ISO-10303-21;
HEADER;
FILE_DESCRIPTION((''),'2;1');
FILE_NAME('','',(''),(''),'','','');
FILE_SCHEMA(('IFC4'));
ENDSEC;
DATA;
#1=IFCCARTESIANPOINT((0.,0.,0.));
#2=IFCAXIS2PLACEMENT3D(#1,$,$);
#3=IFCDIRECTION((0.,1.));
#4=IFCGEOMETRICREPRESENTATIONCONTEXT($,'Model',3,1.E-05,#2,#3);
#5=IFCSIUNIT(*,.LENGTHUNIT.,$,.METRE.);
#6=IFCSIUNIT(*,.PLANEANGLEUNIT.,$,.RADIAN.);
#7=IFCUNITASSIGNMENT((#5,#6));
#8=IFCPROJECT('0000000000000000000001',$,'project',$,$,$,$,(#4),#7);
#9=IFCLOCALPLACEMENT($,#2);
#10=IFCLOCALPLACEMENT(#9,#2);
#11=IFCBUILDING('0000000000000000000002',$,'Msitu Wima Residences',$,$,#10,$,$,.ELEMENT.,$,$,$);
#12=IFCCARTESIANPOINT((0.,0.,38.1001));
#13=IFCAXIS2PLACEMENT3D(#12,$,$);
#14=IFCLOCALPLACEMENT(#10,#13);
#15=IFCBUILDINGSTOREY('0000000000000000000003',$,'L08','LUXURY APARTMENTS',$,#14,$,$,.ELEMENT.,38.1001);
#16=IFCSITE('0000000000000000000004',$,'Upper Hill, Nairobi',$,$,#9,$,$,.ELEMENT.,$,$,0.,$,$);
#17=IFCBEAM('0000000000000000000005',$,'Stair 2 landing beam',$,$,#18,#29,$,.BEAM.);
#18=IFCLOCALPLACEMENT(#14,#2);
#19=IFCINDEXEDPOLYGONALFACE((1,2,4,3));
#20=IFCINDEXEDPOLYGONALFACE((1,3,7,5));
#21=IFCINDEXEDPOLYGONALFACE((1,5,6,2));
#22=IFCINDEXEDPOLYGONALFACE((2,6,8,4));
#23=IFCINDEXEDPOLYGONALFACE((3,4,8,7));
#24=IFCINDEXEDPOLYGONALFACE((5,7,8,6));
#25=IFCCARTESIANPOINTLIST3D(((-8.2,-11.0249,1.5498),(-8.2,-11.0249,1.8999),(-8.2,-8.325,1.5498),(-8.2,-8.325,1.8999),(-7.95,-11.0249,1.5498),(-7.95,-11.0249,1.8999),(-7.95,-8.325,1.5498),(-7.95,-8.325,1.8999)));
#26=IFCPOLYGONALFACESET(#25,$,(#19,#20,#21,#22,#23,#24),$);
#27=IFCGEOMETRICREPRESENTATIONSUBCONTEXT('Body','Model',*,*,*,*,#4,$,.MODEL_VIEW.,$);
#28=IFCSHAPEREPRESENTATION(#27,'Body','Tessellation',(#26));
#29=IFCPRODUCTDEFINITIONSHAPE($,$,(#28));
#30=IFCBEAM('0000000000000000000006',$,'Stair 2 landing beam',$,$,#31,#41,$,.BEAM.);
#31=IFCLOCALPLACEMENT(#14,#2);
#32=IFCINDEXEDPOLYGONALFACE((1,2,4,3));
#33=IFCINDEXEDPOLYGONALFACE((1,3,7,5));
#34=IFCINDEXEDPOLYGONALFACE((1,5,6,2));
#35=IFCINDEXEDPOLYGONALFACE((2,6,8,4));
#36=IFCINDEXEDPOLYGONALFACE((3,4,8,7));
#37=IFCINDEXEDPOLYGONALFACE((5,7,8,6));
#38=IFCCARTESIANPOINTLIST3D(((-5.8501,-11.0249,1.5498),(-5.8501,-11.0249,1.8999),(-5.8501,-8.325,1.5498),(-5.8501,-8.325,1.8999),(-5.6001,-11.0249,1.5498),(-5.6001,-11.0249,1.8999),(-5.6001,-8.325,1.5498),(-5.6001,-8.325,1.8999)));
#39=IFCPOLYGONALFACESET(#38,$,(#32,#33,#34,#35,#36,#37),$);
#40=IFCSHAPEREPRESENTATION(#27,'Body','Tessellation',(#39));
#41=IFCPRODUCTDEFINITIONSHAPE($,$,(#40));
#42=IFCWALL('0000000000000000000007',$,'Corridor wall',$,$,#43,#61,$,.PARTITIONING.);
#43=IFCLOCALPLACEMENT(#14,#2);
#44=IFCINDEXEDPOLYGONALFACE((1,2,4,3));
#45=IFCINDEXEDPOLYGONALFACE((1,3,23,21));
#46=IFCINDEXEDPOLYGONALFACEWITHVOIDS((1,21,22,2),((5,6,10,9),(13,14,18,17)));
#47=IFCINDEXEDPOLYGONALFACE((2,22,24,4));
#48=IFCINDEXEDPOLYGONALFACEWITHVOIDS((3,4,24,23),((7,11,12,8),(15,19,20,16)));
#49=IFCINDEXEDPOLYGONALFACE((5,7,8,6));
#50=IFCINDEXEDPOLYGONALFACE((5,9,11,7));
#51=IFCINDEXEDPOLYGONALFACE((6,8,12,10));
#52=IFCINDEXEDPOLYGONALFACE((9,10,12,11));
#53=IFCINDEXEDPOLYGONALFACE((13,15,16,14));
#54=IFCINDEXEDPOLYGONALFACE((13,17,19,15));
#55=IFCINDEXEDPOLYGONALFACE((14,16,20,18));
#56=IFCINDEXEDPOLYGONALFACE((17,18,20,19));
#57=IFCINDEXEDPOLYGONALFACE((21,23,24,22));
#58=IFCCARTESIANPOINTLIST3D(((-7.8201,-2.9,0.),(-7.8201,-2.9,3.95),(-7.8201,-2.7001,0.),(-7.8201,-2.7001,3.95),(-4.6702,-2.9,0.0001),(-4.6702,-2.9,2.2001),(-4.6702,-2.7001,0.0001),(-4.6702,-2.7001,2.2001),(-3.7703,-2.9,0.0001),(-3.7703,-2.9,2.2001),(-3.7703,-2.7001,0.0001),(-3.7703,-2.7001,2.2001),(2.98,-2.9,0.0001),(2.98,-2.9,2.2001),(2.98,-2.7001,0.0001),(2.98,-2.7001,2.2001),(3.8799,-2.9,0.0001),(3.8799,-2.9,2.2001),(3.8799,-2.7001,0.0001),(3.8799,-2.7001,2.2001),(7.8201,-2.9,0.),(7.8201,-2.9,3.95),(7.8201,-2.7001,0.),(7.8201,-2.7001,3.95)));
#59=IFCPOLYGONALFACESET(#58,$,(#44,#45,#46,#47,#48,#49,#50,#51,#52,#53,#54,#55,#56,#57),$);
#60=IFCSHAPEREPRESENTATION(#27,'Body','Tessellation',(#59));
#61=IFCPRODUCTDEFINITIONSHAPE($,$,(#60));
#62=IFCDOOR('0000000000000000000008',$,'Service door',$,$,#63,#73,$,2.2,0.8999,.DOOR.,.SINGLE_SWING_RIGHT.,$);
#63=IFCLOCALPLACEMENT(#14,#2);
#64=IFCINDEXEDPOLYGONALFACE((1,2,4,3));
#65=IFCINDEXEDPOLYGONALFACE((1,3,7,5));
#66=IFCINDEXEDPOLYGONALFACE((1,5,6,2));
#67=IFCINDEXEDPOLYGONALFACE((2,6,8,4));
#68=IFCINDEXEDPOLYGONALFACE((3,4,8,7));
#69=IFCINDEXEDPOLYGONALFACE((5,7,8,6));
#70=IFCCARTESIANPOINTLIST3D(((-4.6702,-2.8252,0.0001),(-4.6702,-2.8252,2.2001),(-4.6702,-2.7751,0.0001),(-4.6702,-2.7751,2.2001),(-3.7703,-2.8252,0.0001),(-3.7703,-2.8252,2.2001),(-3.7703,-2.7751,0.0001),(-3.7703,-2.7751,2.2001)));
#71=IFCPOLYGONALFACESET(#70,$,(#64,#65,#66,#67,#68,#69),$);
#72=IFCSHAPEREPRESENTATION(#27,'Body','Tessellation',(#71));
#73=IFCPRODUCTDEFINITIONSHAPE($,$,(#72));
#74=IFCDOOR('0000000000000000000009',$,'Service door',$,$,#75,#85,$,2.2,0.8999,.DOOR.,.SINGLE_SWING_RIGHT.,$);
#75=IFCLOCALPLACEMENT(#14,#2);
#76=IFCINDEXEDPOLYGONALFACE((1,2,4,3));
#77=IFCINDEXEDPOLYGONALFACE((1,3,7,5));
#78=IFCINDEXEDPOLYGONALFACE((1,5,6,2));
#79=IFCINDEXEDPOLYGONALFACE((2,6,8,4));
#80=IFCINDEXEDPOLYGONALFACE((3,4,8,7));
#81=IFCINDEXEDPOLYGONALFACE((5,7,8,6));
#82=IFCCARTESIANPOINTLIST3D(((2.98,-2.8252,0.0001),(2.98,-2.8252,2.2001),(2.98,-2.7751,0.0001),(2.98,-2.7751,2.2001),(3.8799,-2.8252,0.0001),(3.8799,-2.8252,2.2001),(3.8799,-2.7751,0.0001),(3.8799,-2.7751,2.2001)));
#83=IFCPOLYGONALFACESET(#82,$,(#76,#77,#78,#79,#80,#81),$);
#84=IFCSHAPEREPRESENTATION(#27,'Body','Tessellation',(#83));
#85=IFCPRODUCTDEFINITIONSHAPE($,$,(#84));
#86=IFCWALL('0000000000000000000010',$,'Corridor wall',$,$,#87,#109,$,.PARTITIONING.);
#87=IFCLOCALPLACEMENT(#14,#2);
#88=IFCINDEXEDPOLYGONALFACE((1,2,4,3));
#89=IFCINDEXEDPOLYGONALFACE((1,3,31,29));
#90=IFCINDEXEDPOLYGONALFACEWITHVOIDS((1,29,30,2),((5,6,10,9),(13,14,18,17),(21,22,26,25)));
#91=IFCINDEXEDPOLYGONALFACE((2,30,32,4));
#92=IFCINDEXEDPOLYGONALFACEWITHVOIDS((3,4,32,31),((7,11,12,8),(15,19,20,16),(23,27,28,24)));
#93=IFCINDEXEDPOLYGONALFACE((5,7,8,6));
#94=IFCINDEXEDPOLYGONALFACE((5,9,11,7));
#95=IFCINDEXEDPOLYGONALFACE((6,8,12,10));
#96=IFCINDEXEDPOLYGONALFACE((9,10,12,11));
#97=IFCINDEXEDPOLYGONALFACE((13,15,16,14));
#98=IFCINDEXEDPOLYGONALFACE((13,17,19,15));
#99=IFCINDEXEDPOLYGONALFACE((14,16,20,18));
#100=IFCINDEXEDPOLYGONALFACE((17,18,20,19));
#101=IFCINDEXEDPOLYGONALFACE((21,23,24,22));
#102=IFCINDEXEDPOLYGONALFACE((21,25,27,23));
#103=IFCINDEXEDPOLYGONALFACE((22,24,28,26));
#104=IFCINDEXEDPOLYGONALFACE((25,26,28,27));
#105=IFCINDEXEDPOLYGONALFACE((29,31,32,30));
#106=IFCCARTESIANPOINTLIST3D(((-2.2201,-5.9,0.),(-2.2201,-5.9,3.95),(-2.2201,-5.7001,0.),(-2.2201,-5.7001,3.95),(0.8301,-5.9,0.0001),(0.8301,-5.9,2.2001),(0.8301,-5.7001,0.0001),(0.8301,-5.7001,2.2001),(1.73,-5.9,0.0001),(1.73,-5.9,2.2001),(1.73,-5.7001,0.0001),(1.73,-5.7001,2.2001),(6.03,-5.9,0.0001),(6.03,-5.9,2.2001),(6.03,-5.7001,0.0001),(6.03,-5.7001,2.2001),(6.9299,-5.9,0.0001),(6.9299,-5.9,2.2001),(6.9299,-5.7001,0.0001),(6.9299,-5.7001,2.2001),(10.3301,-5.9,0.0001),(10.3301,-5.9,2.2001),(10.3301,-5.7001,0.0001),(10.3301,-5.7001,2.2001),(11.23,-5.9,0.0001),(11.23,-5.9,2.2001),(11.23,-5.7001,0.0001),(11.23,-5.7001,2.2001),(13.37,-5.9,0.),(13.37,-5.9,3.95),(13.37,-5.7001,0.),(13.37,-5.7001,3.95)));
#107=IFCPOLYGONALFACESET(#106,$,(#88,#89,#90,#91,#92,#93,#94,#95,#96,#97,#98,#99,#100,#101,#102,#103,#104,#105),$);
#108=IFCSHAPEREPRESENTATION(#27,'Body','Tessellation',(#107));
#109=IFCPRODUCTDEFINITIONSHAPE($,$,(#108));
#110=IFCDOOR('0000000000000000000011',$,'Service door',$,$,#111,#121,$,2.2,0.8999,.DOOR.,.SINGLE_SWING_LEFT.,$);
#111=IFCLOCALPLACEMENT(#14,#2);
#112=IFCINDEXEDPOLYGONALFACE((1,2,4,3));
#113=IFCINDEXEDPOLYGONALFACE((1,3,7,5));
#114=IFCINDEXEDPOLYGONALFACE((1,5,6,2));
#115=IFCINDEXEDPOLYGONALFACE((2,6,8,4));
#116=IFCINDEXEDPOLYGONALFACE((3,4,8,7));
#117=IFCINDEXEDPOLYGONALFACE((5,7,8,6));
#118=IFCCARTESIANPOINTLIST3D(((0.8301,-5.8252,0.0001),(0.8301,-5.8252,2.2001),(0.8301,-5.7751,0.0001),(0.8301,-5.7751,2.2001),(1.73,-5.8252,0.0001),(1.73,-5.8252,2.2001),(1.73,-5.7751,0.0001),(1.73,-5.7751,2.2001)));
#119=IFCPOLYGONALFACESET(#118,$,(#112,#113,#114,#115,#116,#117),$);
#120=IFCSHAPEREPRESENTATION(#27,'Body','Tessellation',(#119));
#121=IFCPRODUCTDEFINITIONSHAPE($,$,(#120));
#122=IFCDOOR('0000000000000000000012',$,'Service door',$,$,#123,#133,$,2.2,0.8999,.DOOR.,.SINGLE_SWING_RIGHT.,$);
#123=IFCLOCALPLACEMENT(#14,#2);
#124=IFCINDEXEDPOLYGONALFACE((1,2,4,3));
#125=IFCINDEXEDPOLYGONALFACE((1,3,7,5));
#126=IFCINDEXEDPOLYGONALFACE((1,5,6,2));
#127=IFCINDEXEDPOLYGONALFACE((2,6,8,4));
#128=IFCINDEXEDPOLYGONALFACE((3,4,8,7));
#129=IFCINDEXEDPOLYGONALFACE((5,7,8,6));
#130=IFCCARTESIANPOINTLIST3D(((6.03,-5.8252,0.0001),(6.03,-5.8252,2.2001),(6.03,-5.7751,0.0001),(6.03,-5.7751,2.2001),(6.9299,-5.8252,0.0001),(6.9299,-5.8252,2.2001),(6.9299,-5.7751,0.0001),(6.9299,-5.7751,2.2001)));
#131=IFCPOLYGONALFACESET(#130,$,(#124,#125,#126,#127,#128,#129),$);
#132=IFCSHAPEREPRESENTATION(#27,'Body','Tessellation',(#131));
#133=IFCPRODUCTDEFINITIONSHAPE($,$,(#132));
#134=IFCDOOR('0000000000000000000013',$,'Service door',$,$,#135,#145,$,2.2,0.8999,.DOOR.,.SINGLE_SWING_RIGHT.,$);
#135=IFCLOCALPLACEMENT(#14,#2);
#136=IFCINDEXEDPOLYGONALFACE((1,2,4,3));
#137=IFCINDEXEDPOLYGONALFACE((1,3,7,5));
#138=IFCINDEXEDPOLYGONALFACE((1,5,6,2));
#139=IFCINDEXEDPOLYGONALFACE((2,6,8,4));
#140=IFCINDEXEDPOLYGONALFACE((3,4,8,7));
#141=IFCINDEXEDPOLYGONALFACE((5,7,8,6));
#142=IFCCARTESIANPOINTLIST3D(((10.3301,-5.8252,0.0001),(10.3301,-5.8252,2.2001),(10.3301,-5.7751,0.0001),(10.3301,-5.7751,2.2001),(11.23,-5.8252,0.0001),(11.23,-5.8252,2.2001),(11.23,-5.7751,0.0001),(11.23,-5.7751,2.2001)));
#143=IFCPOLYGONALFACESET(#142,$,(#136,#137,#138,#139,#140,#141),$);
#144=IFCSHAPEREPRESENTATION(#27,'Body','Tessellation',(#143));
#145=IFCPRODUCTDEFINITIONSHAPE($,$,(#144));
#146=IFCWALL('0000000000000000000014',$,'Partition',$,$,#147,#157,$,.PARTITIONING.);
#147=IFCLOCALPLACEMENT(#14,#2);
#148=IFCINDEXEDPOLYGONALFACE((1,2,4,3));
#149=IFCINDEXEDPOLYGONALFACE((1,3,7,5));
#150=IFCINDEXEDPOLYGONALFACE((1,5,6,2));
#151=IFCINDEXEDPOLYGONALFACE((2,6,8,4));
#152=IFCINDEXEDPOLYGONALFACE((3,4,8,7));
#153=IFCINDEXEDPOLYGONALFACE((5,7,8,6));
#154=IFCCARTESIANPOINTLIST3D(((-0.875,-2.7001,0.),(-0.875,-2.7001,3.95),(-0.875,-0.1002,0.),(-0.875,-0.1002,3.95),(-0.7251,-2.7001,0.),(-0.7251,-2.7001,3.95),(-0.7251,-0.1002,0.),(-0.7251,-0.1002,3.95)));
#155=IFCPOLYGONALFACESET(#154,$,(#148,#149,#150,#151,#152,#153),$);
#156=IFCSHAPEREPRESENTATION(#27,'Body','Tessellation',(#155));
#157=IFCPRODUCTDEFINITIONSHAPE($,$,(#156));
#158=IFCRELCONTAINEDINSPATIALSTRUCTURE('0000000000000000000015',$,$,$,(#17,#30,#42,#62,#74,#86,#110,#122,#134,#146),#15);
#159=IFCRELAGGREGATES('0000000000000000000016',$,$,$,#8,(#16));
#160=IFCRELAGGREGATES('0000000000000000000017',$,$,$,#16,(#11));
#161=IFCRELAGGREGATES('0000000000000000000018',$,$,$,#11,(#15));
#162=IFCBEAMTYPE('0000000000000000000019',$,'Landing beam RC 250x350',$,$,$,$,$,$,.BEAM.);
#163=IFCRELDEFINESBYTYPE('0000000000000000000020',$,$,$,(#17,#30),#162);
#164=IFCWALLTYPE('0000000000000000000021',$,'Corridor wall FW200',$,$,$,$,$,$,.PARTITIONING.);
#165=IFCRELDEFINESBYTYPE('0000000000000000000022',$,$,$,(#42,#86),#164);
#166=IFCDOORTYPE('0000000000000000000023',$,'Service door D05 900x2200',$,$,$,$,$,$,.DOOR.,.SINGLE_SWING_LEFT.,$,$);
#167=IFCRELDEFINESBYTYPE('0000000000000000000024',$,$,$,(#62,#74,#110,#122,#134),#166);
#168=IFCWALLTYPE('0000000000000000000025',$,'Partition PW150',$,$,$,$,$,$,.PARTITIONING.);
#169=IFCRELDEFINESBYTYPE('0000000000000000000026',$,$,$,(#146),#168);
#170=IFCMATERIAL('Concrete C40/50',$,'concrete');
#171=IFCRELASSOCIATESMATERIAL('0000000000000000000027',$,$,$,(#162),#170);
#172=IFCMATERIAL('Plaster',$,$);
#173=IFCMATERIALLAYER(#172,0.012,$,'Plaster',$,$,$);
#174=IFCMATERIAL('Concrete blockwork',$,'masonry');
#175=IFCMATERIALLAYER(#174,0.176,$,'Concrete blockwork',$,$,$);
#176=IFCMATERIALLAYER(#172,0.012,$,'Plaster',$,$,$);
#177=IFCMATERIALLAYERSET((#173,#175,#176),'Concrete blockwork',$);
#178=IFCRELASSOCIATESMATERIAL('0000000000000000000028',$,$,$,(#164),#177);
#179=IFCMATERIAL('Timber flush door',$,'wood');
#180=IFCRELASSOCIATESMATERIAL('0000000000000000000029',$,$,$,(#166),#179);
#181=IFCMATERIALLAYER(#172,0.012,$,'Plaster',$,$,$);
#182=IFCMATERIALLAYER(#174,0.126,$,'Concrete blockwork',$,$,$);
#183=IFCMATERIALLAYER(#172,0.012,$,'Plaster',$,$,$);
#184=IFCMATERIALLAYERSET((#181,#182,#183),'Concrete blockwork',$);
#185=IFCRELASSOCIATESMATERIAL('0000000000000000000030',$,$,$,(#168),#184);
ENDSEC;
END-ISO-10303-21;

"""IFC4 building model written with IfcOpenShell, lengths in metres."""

from ifc_helpers import new_model, si_unit, direction, frame, frame_2d, origin, origin_2d, place, context, subcontext, project, spatial, rectangle, extrude, material, layer, layer_set, material_profile, profile_set, type_object, element, fill, save


model = new_model("IFC4")

# Units and contexts
model_context = context("Model", 3, precision=1e-05, world=origin(), true_north=direction((0.0, 1.0)))
body_context = subcontext(model_context, "Body", "Model", "MODEL_VIEW")
ifc_project = project(units=[si_unit("LENGTHUNIT", "METRE"), si_unit("PLANEANGLEUNIT", "RADIAN")], contexts=[model_context])

# Site, building, storey
site_placement = place(None, origin())
site = spatial("IfcSite", under=ifc_project, at=site_placement, Name="Upper Hill, Nairobi", CompositionType="ELEMENT", RefElevation=0.0)
building_placement = place(site_placement, origin())
building = spatial("IfcBuilding", under=site, at=building_placement, Name="Msitu Wima Residences", CompositionType="ELEMENT")
storey_placement = place(building_placement, frame((0.0, 0.0, 38.1001)))
storey = spatial("IfcBuildingStorey", under=building, at=storey_placement, Name="L08", Description="LUXURY APARTMENTS", CompositionType="ELEMENT", Elevation=38.1001)

# Beams
ifc_material_1 = material(Name="Concrete C40/50", Category="concrete")
ifc_material_profile = material_profile(ifc_material_1, rectangle(XDim=0.25, YDim=0.3501, at=origin_2d()), Name="RC 250x350")
ifc_profile_set = profile_set([ifc_material_profile], Name="Concrete C40/50")
beam_type = type_object("IfcBeamType", Name="Landing beam RC 250x350", PredefinedType="BEAM", material=ifc_profile_set)
for number, where, z_axis, x_axis, name in (
    (1, (-8.075, -11.0249, 1.7249), (0.0, 1.0, 0.0), (-1.0, 0.0, 0.0), "Stair 2 landing beam"),
    (2, (-5.7251, -11.0249, 1.7249), (0.0, 1.0, 0.0), (-1.0, 0.0, 0.0), "Stair 2 landing beam"),
):
    element("IfcBeam", number, at=place(storey_placement, frame(where, z_axis=z_axis, x_axis=x_axis)), inside=storey, type_object=beam_type, Name=name, PredefinedType="BEAM", context=body_context, shape_type="SweptSolid", body=[
        extrude(rectangle(XDim=0.25, YDim=0.3501, at=origin_2d()), origin(), (0.0, 0.0, 1.0), 2.7),
    ])

# Wall, openings, doors
ifc_material_2 = material(Name="Plaster")
ifc_layer_1 = layer(ifc_material_2, 0.012, Name="Plaster")
ifc_material_3 = material(Name="Concrete blockwork", Category="masonry")
ifc_layer_2 = layer(ifc_material_3, 0.176, Name="Concrete blockwork")
ifc_layer_3 = layer(ifc_material_2, 0.012, Name="Plaster")
ifc_layer_set_1 = layer_set([ifc_layer_1, ifc_layer_2, ifc_layer_3], Name="Concrete blockwork")
wall_type_1 = type_object("IfcWallType", Name="Corridor wall FW200", PredefinedType="PARTITIONING", material=ifc_layer_set_1)
wall_1_placement = place(storey_placement, frame((-7.8201, -2.8, 0.0), z_axis=(0.0, 0.0, 1.0), x_axis=(1.0, 0.0, 0.0)))
wall_1 = element("IfcWall", 3, at=wall_1_placement, inside=storey, type_object=wall_type_1, Name="Corridor wall", PredefinedType="PARTITIONING", context=body_context, shape_type="SweptSolid", body=[
    extrude(rectangle(XDim=15.6401, YDim=0.2, at=frame_2d((7.8201, 0.0))), origin(), (0.0, 0.0, 1.0), 3.95),
])
opening_1_placement = place(wall_1_placement, frame((3.1499, 0.0, 0.0)))
opening_1 = element("IfcOpeningElement", 4, at=opening_1_placement, cuts=wall_1, PredefinedType="OPENING", context=body_context, shape_type="SweptSolid", body=[
    extrude(rectangle(XDim=0.8999, YDim=2.2, at=frame_2d((0.45, 1.1001))), frame((0.0, 0.1099, 0.0), z_axis=(0.0, -1.0, 0.0), x_axis=(1.0, 0.0, 0.0)), (0.0, 0.0, 1.0), 0.22),
])
opening_2_placement = place(wall_1_placement, frame((10.8, 0.0, 0.0)))
opening_2 = element("IfcOpeningElement", 5, at=opening_2_placement, cuts=wall_1, PredefinedType="OPENING", context=body_context, shape_type="SweptSolid", body=[
    extrude(rectangle(XDim=0.8999, YDim=2.2, at=frame_2d((0.45, 1.1001))), frame((0.0, 0.1099, 0.0), z_axis=(0.0, -1.0, 0.0), x_axis=(1.0, 0.0, 0.0)), (0.0, 0.0, 1.0), 0.22),
])
ifc_material_4 = material(Name="Timber flush door", Category="wood")
door_type_1 = type_object("IfcDoorType", Name="Service door D05 900x2200", OperationType="SINGLE_SWING_LEFT", PredefinedType="DOOR", material=ifc_material_4)
door_1_placement = place(opening_1_placement, origin())
door_1 = element("IfcDoor", 6, at=door_1_placement, inside=storey, type_object=door_type_1, Name="Service door", OperationType="SINGLE_SWING_RIGHT", OverallHeight=2.2, OverallWidth=0.8999, PredefinedType="DOOR", context=body_context, shape_type="SweptSolid", body=[
    extrude(rectangle(XDim=0.8999, YDim=2.2, at=frame_2d((0.45, 1.1001))), frame((0.0, 0.0249, 0.0), z_axis=(0.0, -1.0, 0.0), x_axis=(1.0, 0.0, 0.0)), (0.0, 0.0, 1.0), 0.05),
])
fill(opening_1, door_1)
door_2_placement = place(opening_2_placement, origin())
door_2 = element("IfcDoor", 7, at=door_2_placement, inside=storey, type_object=door_type_1, Name="Service door", OperationType="SINGLE_SWING_RIGHT", OverallHeight=2.2, OverallWidth=0.8999, PredefinedType="DOOR", context=body_context, shape_type="SweptSolid", body=[
    extrude(rectangle(XDim=0.8999, YDim=2.2, at=frame_2d((0.45, 1.1001))), frame((0.0, 0.0249, 0.0), z_axis=(0.0, -1.0, 0.0), x_axis=(1.0, 0.0, 0.0)), (0.0, 0.0, 1.0), 0.05),
])
fill(opening_2, door_2)

# Wall, openings, doors
wall_2_placement = place(storey_placement, frame((-2.22, -5.8, 0.0), z_axis=(0.0, 0.0, 1.0), x_axis=(1.0, 0.0, 0.0)))
wall_2 = element("IfcWall", 8, at=wall_2_placement, inside=storey, type_object=wall_type_1, Name="Corridor wall", PredefinedType="PARTITIONING", context=body_context, shape_type="SweptSolid", body=[
    extrude(rectangle(XDim=15.5901, YDim=0.2, at=frame_2d((7.7949, 0.0))), origin(), (0.0, 0.0, 1.0), 3.95),
])
opening_3_placement = place(wall_2_placement, frame((3.05, 0.0, 0.0)))
opening_3 = element("IfcOpeningElement", 9, at=opening_3_placement, cuts=wall_2, PredefinedType="OPENING", context=body_context, shape_type="SweptSolid", body=[
    extrude(rectangle(XDim=0.8999, YDim=2.2, at=frame_2d((0.45, 1.1001))), frame((0.0, 0.1099, 0.0), z_axis=(0.0, -1.0, 0.0), x_axis=(1.0, 0.0, 0.0)), (0.0, 0.0, 1.0), 0.22),
])
opening_4_placement = place(wall_2_placement, frame((8.25, 0.0, 0.0)))
opening_4 = element("IfcOpeningElement", 10, at=opening_4_placement, cuts=wall_2, PredefinedType="OPENING", context=body_context, shape_type="SweptSolid", body=[
    extrude(rectangle(XDim=0.8999, YDim=2.2, at=frame_2d((0.45, 1.1001))), frame((0.0, 0.1099, 0.0), z_axis=(0.0, -1.0, 0.0), x_axis=(1.0, 0.0, 0.0)), (0.0, 0.0, 1.0), 0.22),
])
opening_5_placement = place(wall_2_placement, frame((12.55, 0.0, 0.0)))
opening_5 = element("IfcOpeningElement", 11, at=opening_5_placement, cuts=wall_2, PredefinedType="OPENING", context=body_context, shape_type="SweptSolid", body=[
    extrude(rectangle(XDim=0.8999, YDim=2.2, at=frame_2d((0.45, 1.1001))), frame((0.0, 0.1099, 0.0), z_axis=(0.0, -1.0, 0.0), x_axis=(1.0, 0.0, 0.0)), (0.0, 0.0, 1.0), 0.22),
])
door_3_placement = place(opening_3_placement, origin())
door_3 = element("IfcDoor", 12, at=door_3_placement, inside=storey, type_object=door_type_1, Name="Service door", OperationType="SINGLE_SWING_LEFT", OverallHeight=2.2, OverallWidth=0.8999, PredefinedType="DOOR", context=body_context, shape_type="SweptSolid", body=[
    extrude(rectangle(XDim=0.8999, YDim=2.2, at=frame_2d((0.45, 1.1001))), frame((0.0, 0.0249, 0.0), z_axis=(0.0, -1.0, 0.0), x_axis=(1.0, 0.0, 0.0)), (0.0, 0.0, 1.0), 0.05),
])
fill(opening_3, door_3)
door_4_placement = place(opening_4_placement, origin())
door_4 = element("IfcDoor", 13, at=door_4_placement, inside=storey, type_object=door_type_1, Name="Service door", OperationType="SINGLE_SWING_RIGHT", OverallHeight=2.2, OverallWidth=0.8999, PredefinedType="DOOR", context=body_context, shape_type="SweptSolid", body=[
    extrude(rectangle(XDim=0.8999, YDim=2.2, at=frame_2d((0.45, 1.1001))), frame((0.0, 0.0249, 0.0), z_axis=(0.0, -1.0, 0.0), x_axis=(1.0, 0.0, 0.0)), (0.0, 0.0, 1.0), 0.05),
])
fill(opening_4, door_4)
door_5_placement = place(opening_5_placement, origin())
door_5 = element("IfcDoor", 14, at=door_5_placement, inside=storey, type_object=door_type_1, Name="Service door", OperationType="SINGLE_SWING_RIGHT", OverallHeight=2.2, OverallWidth=0.8999, PredefinedType="DOOR", context=body_context, shape_type="SweptSolid", body=[
    extrude(rectangle(XDim=0.8999, YDim=2.2, at=frame_2d((0.45, 1.1001))), frame((0.0, 0.0249, 0.0), z_axis=(0.0, -1.0, 0.0), x_axis=(1.0, 0.0, 0.0)), (0.0, 0.0, 1.0), 0.05),
])
fill(opening_5, door_5)

# Wall
ifc_layer_4 = layer(ifc_material_2, 0.012, Name="Plaster")
ifc_layer_5 = layer(ifc_material_3, 0.126, Name="Concrete blockwork")
ifc_layer_6 = layer(ifc_material_2, 0.012, Name="Plaster")
ifc_layer_set_2 = layer_set([ifc_layer_4, ifc_layer_5, ifc_layer_6], Name="Concrete blockwork")
wall_type_2 = type_object("IfcWallType", Name="Partition PW150", PredefinedType="PARTITIONING", material=ifc_layer_set_2)
wall_3_placement = place(storey_placement, frame((-0.8, -2.7, 0.0), z_axis=(0.0, 0.0, 1.0), x_axis=(0.0, 1.0, 0.0)))
element("IfcWall", 15, at=wall_3_placement, inside=storey, type_object=wall_type_2, Name="Partition", PredefinedType="PARTITIONING", context=body_context, shape_type="SweptSolid", body=[
    extrude(rectangle(XDim=2.5999, YDim=0.1499, at=frame_2d((1.2998, 0.0))), origin(), (0.0, 0.0, 1.0), 3.95),
])

save(model, "model.ifc")
